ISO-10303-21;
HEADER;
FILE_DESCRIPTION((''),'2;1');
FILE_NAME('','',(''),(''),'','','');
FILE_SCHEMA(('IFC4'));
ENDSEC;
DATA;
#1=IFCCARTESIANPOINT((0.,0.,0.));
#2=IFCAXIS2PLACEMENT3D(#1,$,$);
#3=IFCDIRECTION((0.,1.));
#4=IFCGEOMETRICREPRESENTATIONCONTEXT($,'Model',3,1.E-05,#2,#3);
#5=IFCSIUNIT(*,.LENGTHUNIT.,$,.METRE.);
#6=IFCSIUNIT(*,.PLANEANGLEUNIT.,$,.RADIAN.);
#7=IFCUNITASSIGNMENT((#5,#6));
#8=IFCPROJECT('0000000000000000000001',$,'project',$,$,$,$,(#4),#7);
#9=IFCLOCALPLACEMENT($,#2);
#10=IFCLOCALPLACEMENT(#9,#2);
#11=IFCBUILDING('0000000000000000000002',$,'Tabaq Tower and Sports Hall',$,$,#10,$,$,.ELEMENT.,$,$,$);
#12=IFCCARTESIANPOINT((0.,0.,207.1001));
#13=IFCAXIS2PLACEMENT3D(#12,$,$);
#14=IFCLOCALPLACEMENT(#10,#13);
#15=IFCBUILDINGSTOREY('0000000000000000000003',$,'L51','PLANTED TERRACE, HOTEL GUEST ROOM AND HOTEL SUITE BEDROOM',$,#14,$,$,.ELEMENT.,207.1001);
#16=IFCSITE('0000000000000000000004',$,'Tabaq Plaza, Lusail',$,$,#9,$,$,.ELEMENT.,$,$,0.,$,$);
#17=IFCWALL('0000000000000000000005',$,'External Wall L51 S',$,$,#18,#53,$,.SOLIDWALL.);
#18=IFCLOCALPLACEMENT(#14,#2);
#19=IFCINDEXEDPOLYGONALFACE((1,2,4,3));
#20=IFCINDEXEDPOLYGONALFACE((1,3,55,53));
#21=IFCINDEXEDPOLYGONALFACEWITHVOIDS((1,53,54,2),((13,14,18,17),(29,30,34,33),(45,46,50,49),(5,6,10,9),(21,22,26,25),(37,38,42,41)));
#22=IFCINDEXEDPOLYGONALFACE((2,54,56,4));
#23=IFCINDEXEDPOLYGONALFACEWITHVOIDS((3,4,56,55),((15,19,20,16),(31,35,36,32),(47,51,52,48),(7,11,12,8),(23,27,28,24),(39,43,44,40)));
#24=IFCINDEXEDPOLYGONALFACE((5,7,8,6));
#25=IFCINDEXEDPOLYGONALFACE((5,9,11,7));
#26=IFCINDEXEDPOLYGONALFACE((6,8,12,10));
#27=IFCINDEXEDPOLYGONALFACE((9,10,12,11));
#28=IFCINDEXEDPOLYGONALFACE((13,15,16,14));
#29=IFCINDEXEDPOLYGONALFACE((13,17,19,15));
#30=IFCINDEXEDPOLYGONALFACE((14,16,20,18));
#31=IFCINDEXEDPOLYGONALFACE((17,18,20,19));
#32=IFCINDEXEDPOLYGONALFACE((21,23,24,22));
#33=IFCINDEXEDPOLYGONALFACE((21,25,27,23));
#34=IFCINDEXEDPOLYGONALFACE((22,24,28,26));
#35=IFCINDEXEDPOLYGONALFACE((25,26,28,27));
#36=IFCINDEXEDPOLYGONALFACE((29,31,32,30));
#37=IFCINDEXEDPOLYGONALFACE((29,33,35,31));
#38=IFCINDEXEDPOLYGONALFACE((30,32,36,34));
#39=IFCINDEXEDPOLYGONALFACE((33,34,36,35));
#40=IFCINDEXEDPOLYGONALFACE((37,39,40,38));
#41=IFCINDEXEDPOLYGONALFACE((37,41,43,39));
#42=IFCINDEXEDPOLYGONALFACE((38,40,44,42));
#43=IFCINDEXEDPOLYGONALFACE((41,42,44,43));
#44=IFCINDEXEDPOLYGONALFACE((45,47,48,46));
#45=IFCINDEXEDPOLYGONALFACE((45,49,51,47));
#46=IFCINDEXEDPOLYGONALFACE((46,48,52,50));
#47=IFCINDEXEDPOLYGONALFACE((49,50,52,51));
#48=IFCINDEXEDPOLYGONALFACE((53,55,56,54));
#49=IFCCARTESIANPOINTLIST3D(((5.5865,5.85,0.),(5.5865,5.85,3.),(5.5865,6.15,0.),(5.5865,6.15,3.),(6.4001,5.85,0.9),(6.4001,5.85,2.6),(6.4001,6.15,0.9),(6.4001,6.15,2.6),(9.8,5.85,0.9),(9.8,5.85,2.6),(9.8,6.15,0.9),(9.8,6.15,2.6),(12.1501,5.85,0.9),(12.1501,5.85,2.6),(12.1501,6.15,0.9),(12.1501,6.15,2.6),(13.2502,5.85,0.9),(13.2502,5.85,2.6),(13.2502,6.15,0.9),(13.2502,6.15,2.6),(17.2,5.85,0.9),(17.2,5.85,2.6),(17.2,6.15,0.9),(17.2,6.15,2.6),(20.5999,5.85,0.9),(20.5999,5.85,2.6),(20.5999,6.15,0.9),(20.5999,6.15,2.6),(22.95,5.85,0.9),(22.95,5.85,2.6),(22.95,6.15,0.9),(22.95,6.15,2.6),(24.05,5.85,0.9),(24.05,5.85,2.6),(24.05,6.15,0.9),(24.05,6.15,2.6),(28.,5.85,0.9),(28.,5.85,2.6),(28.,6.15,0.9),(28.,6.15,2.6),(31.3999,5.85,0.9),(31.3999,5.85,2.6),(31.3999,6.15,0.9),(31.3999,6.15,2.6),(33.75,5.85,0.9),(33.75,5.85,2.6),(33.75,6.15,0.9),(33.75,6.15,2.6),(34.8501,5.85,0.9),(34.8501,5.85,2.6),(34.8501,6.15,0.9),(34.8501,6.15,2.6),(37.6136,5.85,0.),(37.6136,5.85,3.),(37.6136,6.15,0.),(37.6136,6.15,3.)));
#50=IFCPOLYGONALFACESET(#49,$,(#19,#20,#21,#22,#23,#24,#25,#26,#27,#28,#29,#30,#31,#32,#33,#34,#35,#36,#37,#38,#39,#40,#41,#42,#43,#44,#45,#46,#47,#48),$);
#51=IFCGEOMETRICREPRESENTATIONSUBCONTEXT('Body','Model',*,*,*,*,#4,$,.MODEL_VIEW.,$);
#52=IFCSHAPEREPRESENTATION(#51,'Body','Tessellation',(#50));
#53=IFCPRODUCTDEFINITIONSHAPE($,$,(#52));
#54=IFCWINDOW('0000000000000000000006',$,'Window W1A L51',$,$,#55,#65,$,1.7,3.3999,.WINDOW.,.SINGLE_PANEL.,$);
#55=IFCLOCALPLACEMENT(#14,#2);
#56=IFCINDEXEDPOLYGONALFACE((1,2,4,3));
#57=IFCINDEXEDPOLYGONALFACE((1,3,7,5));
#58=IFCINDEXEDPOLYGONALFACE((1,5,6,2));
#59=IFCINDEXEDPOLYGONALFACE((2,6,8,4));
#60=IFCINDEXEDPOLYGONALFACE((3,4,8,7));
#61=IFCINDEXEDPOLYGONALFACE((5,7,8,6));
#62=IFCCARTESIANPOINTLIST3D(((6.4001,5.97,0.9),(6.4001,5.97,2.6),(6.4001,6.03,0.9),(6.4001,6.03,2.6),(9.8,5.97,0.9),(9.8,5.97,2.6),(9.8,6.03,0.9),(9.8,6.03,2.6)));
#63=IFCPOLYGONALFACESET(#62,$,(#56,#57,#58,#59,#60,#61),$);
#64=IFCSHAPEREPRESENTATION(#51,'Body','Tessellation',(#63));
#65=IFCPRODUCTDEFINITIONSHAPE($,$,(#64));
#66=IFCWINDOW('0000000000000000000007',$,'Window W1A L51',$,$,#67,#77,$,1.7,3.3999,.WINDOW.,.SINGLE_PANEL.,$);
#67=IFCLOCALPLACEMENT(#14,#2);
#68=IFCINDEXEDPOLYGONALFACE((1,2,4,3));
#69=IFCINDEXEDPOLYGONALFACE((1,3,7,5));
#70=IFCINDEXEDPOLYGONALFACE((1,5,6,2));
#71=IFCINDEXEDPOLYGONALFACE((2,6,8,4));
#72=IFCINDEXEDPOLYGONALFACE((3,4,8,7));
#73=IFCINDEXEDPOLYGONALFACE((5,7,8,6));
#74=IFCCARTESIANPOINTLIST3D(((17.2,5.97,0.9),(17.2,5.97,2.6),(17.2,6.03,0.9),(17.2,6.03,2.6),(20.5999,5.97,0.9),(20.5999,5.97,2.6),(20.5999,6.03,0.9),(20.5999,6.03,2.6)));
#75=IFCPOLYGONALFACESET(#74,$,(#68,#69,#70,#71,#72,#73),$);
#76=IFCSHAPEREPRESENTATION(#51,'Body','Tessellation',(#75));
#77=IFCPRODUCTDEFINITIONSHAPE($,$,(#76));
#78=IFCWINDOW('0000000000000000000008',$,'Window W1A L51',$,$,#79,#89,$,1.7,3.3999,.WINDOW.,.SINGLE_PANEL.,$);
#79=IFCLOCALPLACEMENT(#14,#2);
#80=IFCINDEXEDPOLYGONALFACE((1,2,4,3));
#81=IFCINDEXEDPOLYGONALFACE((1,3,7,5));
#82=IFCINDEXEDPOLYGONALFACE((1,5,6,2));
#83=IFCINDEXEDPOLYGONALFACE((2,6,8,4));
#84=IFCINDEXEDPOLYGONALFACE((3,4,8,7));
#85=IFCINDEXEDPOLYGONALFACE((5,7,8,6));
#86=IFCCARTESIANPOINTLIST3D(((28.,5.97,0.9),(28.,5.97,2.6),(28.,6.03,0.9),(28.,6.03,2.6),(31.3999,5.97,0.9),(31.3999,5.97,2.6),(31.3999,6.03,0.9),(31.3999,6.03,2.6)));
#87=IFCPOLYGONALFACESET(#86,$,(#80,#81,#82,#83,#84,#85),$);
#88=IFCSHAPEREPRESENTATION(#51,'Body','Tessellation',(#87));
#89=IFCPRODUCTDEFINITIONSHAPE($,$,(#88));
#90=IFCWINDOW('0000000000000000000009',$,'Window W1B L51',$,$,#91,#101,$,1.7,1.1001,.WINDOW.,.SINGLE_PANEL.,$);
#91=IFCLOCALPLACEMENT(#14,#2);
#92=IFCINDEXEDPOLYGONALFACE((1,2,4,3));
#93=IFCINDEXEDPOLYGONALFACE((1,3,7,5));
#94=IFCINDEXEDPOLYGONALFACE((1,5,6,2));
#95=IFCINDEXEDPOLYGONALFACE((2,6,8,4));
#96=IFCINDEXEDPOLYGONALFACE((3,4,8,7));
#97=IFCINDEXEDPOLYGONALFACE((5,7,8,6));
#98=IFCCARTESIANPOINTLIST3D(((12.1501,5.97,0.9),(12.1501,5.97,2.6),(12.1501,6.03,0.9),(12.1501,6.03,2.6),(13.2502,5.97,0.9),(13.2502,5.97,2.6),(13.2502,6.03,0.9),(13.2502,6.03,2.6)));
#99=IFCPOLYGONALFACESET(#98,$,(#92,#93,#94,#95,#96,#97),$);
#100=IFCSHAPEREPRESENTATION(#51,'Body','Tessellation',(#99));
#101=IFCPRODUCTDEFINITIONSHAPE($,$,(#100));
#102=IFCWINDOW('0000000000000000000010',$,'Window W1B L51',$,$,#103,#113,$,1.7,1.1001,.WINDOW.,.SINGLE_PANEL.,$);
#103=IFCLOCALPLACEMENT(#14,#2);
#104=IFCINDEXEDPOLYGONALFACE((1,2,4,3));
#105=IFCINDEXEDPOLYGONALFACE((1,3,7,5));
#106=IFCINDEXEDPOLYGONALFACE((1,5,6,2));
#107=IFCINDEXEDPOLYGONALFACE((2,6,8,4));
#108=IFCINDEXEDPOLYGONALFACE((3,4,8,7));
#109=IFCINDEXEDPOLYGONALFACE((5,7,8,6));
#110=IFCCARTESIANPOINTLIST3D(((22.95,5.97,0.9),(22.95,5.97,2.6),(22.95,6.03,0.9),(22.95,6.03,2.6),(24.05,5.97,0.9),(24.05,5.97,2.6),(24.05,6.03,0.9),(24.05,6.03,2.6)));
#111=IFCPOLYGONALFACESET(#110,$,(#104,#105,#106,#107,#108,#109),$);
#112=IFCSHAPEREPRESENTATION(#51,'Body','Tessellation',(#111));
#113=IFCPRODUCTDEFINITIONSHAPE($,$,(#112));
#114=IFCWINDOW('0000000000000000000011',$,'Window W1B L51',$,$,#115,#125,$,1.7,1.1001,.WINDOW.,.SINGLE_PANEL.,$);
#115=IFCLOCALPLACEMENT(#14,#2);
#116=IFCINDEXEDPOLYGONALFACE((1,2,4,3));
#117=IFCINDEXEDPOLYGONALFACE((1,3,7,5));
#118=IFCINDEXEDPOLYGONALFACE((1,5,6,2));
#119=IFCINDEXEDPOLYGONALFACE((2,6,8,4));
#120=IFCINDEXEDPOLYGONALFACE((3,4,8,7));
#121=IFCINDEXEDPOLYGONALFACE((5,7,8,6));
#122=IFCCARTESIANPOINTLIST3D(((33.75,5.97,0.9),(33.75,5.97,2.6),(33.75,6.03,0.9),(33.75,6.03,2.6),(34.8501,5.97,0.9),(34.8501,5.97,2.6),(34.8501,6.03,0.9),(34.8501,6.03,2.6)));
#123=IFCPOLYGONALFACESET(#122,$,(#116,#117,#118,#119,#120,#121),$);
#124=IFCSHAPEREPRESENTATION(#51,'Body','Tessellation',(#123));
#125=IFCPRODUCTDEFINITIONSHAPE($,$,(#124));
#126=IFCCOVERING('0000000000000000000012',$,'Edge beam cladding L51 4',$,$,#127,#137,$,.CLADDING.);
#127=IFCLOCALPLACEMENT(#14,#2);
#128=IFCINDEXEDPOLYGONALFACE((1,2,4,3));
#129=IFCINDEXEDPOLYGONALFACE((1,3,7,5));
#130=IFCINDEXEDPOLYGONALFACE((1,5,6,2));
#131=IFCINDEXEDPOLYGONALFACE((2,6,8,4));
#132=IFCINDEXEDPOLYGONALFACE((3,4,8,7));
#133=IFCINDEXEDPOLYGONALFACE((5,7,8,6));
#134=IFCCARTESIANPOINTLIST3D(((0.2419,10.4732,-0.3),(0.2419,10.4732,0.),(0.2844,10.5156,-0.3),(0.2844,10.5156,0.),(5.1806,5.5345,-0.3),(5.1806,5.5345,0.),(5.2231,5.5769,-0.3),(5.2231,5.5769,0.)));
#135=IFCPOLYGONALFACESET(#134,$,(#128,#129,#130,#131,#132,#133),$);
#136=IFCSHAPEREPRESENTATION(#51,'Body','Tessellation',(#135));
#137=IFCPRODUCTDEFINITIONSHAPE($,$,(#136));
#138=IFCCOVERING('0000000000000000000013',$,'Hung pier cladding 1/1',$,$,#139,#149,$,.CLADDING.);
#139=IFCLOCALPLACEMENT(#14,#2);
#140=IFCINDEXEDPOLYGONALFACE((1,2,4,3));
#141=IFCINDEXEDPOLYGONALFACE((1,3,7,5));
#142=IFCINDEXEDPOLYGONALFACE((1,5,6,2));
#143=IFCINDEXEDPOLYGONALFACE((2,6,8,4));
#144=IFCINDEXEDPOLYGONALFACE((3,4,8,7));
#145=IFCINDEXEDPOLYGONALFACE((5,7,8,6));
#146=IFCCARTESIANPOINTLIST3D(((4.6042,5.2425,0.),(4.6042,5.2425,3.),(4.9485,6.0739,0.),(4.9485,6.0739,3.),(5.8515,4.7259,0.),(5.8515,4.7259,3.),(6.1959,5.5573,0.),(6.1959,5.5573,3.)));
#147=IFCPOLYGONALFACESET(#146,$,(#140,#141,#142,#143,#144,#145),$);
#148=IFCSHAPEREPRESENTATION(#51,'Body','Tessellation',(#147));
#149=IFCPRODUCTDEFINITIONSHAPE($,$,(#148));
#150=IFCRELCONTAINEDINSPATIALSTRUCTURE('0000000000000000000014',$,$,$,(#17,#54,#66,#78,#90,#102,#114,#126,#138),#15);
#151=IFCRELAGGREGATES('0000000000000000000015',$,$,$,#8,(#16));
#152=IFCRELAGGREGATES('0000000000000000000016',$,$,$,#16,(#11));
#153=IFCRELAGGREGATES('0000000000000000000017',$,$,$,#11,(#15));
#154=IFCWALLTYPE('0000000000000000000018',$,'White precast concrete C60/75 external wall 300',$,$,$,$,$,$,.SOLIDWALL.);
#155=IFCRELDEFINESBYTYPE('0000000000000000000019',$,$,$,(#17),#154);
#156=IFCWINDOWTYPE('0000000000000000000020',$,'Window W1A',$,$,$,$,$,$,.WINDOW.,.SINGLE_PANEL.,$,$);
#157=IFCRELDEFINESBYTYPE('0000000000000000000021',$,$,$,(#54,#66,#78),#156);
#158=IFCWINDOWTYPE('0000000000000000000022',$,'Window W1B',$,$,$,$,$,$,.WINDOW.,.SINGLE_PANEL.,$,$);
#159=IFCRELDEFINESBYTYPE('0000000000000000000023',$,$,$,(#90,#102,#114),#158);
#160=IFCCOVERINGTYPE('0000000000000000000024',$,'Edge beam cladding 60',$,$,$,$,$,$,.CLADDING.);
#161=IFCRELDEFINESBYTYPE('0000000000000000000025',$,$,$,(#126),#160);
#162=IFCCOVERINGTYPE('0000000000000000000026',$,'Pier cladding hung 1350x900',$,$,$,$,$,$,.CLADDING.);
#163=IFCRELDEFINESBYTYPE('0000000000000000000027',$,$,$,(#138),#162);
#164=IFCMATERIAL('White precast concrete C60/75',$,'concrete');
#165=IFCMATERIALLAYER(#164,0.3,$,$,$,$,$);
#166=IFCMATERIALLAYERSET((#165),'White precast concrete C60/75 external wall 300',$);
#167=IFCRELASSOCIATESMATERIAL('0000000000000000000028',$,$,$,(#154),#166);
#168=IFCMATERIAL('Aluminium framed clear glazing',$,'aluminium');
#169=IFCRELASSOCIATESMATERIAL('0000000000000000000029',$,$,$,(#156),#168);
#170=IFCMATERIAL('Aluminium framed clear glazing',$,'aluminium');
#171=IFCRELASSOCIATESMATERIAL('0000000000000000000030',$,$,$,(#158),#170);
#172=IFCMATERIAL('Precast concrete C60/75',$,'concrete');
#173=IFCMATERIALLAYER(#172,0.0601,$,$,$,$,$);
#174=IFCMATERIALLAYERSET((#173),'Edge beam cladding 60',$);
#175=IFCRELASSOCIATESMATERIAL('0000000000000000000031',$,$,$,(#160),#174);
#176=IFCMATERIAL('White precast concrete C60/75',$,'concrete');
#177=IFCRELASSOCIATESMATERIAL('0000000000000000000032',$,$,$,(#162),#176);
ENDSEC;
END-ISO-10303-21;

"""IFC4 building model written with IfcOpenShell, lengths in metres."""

from ifc_helpers import new_model, si_unit, direction, frame, frame_2d, origin, place, context, subcontext, project, spatial, rectangle, extrude, material, layer, layer_set, type_object, element, fill, save


model = new_model("IFC4")

# Units and contexts
model_context = context("Model", 3, precision=1e-05, world=origin(), true_north=direction((0.0, 1.0)))
body_context = subcontext(model_context, "Body", "Model", "MODEL_VIEW")
ifc_project = project(units=[si_unit("LENGTHUNIT", "METRE"), si_unit("PLANEANGLEUNIT", "RADIAN")], contexts=[model_context])

# Site, building, storey
site_placement = place(None, origin())
site = spatial("IfcSite", under=ifc_project, at=site_placement, Name="Tabaq Plaza, Lusail", CompositionType="ELEMENT", RefElevation=0.0)
building_placement = place(site_placement, origin())
building = spatial("IfcBuilding", under=site, at=building_placement, Name="Tabaq Tower and Sports Hall", CompositionType="ELEMENT")
storey_placement = place(building_placement, frame((0.0, 0.0, 207.1001)))
storey = spatial("IfcBuildingStorey", under=building, at=storey_placement, Name="L51", Description="PLANTED TERRACE, HOTEL GUEST ROOM AND HOTEL SUITE BEDROOM", CompositionType="ELEMENT", Elevation=207.1001)

# Wall, openings, windows
ifc_material_1 = material(Name="White precast concrete C60/75", Category="concrete")
ifc_layer_1 = layer(ifc_material_1, 0.3)
ifc_layer_set_1 = layer_set([ifc_layer_1], Name="White precast concrete C60/75 external wall 300")
wall_type_1 = type_object("IfcWallType", Name="White precast concrete C60/75 external wall 300", PredefinedType="SOLIDWALL", material=ifc_layer_set_1)
wall_1_placement = place(storey_placement, frame((5.5864, 6.0, 0.0), z_axis=(0.0, 0.0, 1.0), x_axis=(1.0, 0.0, 0.0)))
wall_1 = element("IfcWall", 1, at=wall_1_placement, inside=storey, type_object=wall_type_1, Name="External Wall L51 S", PredefinedType="SOLIDWALL", context=body_context, shape_type="SweptSolid", body=[
    extrude(rectangle(XDim=32.0271, YDim=0.3, at=frame_2d((16.0137, 0.0))), origin(), (0.0, 0.0, 1.0), 3.0),
])
opening_1_placement = place(wall_1_placement, frame((0.8137, 0.0, 0.8999)))
opening_1 = element("IfcOpeningElement", 2, at=opening_1_placement, cuts=wall_1, PredefinedType="OPENING", context=body_context, shape_type="SweptSolid", body=[
    extrude(rectangle(XDim=3.3999, YDim=1.7, at=frame_2d((1.7, 0.8501))), frame((0.0, 0.1602, 0.0), z_axis=(0.0, -1.0, 0.0), x_axis=(1.0, 0.0, 0.0)), (0.0, 0.0, 1.0), 0.3201),
])
opening_2_placement = place(wall_1_placement, frame((6.5637, 0.0, 0.8999)))
opening_2 = element("IfcOpeningElement", 3, at=opening_2_placement, cuts=wall_1, PredefinedType="OPENING", context=body_context, shape_type="SweptSolid", body=[
    extrude(rectangle(XDim=1.1001, YDim=1.7, at=frame_2d((0.55, 0.8501))), frame((0.0, 0.1602, 0.0), z_axis=(0.0, -1.0, 0.0), x_axis=(1.0, 0.0, 0.0)), (0.0, 0.0, 1.0), 0.3201),
])
opening_3_placement = place(wall_1_placement, frame((11.6135, 0.0, 0.8999)))
opening_3 = element("IfcOpeningElement", 4, at=opening_3_placement, cuts=wall_1, PredefinedType="OPENING", context=body_context, shape_type="SweptSolid", body=[
    extrude(rectangle(XDim=3.3999, YDim=1.7, at=frame_2d((1.7, 0.8501))), frame((0.0, 0.1602, 0.0), z_axis=(0.0, -1.0, 0.0), x_axis=(1.0, 0.0, 0.0)), (0.0, 0.0, 1.0), 0.3201),
])
opening_4_placement = place(wall_1_placement, frame((17.3635, 0.0, 0.8999)))
opening_4 = element("IfcOpeningElement", 5, at=opening_4_placement, cuts=wall_1, PredefinedType="OPENING", context=body_context, shape_type="SweptSolid", body=[
    extrude(rectangle(XDim=1.1001, YDim=1.7, at=frame_2d((0.55, 0.8501))), frame((0.0, 0.1602, 0.0), z_axis=(0.0, -1.0, 0.0), x_axis=(1.0, 0.0, 0.0)), (0.0, 0.0, 1.0), 0.3201),
])
opening_5_placement = place(wall_1_placement, frame((22.4136, 0.0, 0.8999)))
opening_5 = element("IfcOpeningElement", 6, at=opening_5_placement, cuts=wall_1, PredefinedType="OPENING", context=body_context, shape_type="SweptSolid", body=[
    extrude(rectangle(XDim=3.3999, YDim=1.7, at=frame_2d((1.7, 0.8501))), frame((0.0, 0.1602, 0.0), z_axis=(0.0, -1.0, 0.0), x_axis=(1.0, 0.0, 0.0)), (0.0, 0.0, 1.0), 0.3201),
])
opening_6_placement = place(wall_1_placement, frame((28.1636, 0.0, 0.8999)))
opening_6 = element("IfcOpeningElement", 7, at=opening_6_placement, cuts=wall_1, PredefinedType="OPENING", context=body_context, shape_type="SweptSolid", body=[
    extrude(rectangle(XDim=1.1001, YDim=1.7, at=frame_2d((0.55, 0.8501))), frame((0.0, 0.1602, 0.0), z_axis=(0.0, -1.0, 0.0), x_axis=(1.0, 0.0, 0.0)), (0.0, 0.0, 1.0), 0.3201),
])
ifc_material_2 = material(Name="Aluminium framed clear glazing", Category="aluminium")
window_type_1 = type_object("IfcWindowType", Name="Window W1A", PartitioningType="SINGLE_PANEL", PredefinedType="WINDOW", material=ifc_material_2)
window_1_placement = place(opening_1_placement, origin())
window_1 = element("IfcWindow", 8, at=window_1_placement, inside=storey, type_object=window_type_1, Name="Window W1A L51", OverallHeight=1.7, OverallWidth=3.3999, PartitioningType="SINGLE_PANEL", PredefinedType="WINDOW", context=body_context, shape_type="SweptSolid", body=[
    extrude(rectangle(XDim=3.3999, YDim=1.7, at=frame_2d((1.7, 0.8501))), frame((0.0, 0.03, 0.0), z_axis=(0.0, -1.0, 0.0), x_axis=(1.0, 0.0, 0.0)), (0.0, 0.0, 1.0), 0.0601),
])
fill(opening_1, window_1)
window_2_placement = place(opening_3_placement, origin())
window_2 = element("IfcWindow", 9, at=window_2_placement, inside=storey, type_object=window_type_1, Name="Window W1A L51", OverallHeight=1.7, OverallWidth=3.3999, PartitioningType="SINGLE_PANEL", PredefinedType="WINDOW", context=body_context, shape_type="SweptSolid", body=[
    extrude(rectangle(XDim=3.3999, YDim=1.7, at=frame_2d((1.7, 0.8501))), frame((0.0, 0.03, 0.0), z_axis=(0.0, -1.0, 0.0), x_axis=(1.0, 0.0, 0.0)), (0.0, 0.0, 1.0), 0.0601),
])
fill(opening_3, window_2)
window_3_placement = place(opening_5_placement, origin())
window_3 = element("IfcWindow", 10, at=window_3_placement, inside=storey, type_object=window_type_1, Name="Window W1A L51", OverallHeight=1.7, OverallWidth=3.3999, PartitioningType="SINGLE_PANEL", PredefinedType="WINDOW", context=body_context, shape_type="SweptSolid", body=[
    extrude(rectangle(XDim=3.3999, YDim=1.7, at=frame_2d((1.7, 0.8501))), frame((0.0, 0.03, 0.0), z_axis=(0.0, -1.0, 0.0), x_axis=(1.0, 0.0, 0.0)), (0.0, 0.0, 1.0), 0.0601),
])
fill(opening_5, window_3)
ifc_material_3 = material(Name="Aluminium framed clear glazing", Category="aluminium")
window_type_2 = type_object("IfcWindowType", Name="Window W1B", PartitioningType="SINGLE_PANEL", PredefinedType="WINDOW", material=ifc_material_3)
window_4_placement = place(opening_2_placement, origin())
window_4 = element("IfcWindow", 11, at=window_4_placement, inside=storey, type_object=window_type_2, Name="Window W1B L51", OverallHeight=1.7, OverallWidth=1.1001, PartitioningType="SINGLE_PANEL", PredefinedType="WINDOW", context=body_context, shape_type="SweptSolid", body=[
    extrude(rectangle(XDim=1.1001, YDim=1.7, at=frame_2d((0.55, 0.8501))), frame((0.0, 0.03, 0.0), z_axis=(0.0, -1.0, 0.0), x_axis=(1.0, 0.0, 0.0)), (0.0, 0.0, 1.0), 0.0601),
])
fill(opening_2, window_4)
window_5_placement = place(opening_4_placement, origin())
window_5 = element("IfcWindow", 12, at=window_5_placement, inside=storey, type_object=window_type_2, Name="Window W1B L51", OverallHeight=1.7, OverallWidth=1.1001, PartitioningType="SINGLE_PANEL", PredefinedType="WINDOW", context=body_context, shape_type="SweptSolid", body=[
    extrude(rectangle(XDim=1.1001, YDim=1.7, at=frame_2d((0.55, 0.8501))), frame((0.0, 0.03, 0.0), z_axis=(0.0, -1.0, 0.0), x_axis=(1.0, 0.0, 0.0)), (0.0, 0.0, 1.0), 0.0601),
])
fill(opening_4, window_5)
window_6_placement = place(opening_6_placement, origin())
window_6 = element("IfcWindow", 13, at=window_6_placement, inside=storey, type_object=window_type_2, Name="Window W1B L51", OverallHeight=1.7, OverallWidth=1.1001, PartitioningType="SINGLE_PANEL", PredefinedType="WINDOW", context=body_context, shape_type="SweptSolid", body=[
    extrude(rectangle(XDim=1.1001, YDim=1.7, at=frame_2d((0.55, 0.8501))), frame((0.0, 0.03, 0.0), z_axis=(0.0, -1.0, 0.0), x_axis=(1.0, 0.0, 0.0)), (0.0, 0.0, 1.0), 0.0601),
])
fill(opening_6, window_6)

# Coverings
ifc_material_4 = material(Name="Precast concrete C60/75", Category="concrete")
ifc_layer_2 = layer(ifc_material_4, 0.0601)
ifc_layer_set_2 = layer_set([ifc_layer_2], Name="Edge beam cladding 60")
covering_type_1 = type_object("IfcCoveringType", Name="Edge beam cladding 60", PredefinedType="CLADDING", material=ifc_layer_set_2)
covering_1_placement = place(storey_placement, frame((0.2632, 10.4944, -0.3), z_axis=(0.0, 0.0, 1.0), x_axis=(0.707107, -0.707107, 0.0)))
element("IfcCovering", 14, at=covering_1_placement, inside=storey, type_object=covering_type_1, Name="Edge beam cladding L51 4", PredefinedType="CLADDING", context=body_context, shape_type="SweptSolid", body=[
    extrude(rectangle(XDim=6.9844, YDim=0.0601, at=frame_2d((3.4922, 0.0))), origin(), (0.0, 0.0, 1.0), 0.3),
])
ifc_material_5 = material(Name="White precast concrete C60/75", Category="concrete")
covering_type_2 = type_object("IfcCoveringType", Name="Pier cladding hung 1350x900", PredefinedType="CLADDING", material=ifc_material_5)
covering_2_placement = place(storey_placement, frame((4.7764, 5.6582, 0.0), z_axis=(0.0, 0.0, 1.0), x_axis=(0.923893, -0.38265, 0.0)))
element("IfcCovering", 15, at=covering_2_placement, inside=storey, type_object=covering_type_2, Name="Hung pier cladding 1/1", PredefinedType="CLADDING", context=body_context, shape_type="SweptSolid", body=[
    extrude(rectangle(XDim=1.3501, YDim=0.8999, at=frame_2d((0.675, 0.0))), origin(), (0.0, 0.0, 1.0), 3.0),
])

save(model, "model.ifc")
